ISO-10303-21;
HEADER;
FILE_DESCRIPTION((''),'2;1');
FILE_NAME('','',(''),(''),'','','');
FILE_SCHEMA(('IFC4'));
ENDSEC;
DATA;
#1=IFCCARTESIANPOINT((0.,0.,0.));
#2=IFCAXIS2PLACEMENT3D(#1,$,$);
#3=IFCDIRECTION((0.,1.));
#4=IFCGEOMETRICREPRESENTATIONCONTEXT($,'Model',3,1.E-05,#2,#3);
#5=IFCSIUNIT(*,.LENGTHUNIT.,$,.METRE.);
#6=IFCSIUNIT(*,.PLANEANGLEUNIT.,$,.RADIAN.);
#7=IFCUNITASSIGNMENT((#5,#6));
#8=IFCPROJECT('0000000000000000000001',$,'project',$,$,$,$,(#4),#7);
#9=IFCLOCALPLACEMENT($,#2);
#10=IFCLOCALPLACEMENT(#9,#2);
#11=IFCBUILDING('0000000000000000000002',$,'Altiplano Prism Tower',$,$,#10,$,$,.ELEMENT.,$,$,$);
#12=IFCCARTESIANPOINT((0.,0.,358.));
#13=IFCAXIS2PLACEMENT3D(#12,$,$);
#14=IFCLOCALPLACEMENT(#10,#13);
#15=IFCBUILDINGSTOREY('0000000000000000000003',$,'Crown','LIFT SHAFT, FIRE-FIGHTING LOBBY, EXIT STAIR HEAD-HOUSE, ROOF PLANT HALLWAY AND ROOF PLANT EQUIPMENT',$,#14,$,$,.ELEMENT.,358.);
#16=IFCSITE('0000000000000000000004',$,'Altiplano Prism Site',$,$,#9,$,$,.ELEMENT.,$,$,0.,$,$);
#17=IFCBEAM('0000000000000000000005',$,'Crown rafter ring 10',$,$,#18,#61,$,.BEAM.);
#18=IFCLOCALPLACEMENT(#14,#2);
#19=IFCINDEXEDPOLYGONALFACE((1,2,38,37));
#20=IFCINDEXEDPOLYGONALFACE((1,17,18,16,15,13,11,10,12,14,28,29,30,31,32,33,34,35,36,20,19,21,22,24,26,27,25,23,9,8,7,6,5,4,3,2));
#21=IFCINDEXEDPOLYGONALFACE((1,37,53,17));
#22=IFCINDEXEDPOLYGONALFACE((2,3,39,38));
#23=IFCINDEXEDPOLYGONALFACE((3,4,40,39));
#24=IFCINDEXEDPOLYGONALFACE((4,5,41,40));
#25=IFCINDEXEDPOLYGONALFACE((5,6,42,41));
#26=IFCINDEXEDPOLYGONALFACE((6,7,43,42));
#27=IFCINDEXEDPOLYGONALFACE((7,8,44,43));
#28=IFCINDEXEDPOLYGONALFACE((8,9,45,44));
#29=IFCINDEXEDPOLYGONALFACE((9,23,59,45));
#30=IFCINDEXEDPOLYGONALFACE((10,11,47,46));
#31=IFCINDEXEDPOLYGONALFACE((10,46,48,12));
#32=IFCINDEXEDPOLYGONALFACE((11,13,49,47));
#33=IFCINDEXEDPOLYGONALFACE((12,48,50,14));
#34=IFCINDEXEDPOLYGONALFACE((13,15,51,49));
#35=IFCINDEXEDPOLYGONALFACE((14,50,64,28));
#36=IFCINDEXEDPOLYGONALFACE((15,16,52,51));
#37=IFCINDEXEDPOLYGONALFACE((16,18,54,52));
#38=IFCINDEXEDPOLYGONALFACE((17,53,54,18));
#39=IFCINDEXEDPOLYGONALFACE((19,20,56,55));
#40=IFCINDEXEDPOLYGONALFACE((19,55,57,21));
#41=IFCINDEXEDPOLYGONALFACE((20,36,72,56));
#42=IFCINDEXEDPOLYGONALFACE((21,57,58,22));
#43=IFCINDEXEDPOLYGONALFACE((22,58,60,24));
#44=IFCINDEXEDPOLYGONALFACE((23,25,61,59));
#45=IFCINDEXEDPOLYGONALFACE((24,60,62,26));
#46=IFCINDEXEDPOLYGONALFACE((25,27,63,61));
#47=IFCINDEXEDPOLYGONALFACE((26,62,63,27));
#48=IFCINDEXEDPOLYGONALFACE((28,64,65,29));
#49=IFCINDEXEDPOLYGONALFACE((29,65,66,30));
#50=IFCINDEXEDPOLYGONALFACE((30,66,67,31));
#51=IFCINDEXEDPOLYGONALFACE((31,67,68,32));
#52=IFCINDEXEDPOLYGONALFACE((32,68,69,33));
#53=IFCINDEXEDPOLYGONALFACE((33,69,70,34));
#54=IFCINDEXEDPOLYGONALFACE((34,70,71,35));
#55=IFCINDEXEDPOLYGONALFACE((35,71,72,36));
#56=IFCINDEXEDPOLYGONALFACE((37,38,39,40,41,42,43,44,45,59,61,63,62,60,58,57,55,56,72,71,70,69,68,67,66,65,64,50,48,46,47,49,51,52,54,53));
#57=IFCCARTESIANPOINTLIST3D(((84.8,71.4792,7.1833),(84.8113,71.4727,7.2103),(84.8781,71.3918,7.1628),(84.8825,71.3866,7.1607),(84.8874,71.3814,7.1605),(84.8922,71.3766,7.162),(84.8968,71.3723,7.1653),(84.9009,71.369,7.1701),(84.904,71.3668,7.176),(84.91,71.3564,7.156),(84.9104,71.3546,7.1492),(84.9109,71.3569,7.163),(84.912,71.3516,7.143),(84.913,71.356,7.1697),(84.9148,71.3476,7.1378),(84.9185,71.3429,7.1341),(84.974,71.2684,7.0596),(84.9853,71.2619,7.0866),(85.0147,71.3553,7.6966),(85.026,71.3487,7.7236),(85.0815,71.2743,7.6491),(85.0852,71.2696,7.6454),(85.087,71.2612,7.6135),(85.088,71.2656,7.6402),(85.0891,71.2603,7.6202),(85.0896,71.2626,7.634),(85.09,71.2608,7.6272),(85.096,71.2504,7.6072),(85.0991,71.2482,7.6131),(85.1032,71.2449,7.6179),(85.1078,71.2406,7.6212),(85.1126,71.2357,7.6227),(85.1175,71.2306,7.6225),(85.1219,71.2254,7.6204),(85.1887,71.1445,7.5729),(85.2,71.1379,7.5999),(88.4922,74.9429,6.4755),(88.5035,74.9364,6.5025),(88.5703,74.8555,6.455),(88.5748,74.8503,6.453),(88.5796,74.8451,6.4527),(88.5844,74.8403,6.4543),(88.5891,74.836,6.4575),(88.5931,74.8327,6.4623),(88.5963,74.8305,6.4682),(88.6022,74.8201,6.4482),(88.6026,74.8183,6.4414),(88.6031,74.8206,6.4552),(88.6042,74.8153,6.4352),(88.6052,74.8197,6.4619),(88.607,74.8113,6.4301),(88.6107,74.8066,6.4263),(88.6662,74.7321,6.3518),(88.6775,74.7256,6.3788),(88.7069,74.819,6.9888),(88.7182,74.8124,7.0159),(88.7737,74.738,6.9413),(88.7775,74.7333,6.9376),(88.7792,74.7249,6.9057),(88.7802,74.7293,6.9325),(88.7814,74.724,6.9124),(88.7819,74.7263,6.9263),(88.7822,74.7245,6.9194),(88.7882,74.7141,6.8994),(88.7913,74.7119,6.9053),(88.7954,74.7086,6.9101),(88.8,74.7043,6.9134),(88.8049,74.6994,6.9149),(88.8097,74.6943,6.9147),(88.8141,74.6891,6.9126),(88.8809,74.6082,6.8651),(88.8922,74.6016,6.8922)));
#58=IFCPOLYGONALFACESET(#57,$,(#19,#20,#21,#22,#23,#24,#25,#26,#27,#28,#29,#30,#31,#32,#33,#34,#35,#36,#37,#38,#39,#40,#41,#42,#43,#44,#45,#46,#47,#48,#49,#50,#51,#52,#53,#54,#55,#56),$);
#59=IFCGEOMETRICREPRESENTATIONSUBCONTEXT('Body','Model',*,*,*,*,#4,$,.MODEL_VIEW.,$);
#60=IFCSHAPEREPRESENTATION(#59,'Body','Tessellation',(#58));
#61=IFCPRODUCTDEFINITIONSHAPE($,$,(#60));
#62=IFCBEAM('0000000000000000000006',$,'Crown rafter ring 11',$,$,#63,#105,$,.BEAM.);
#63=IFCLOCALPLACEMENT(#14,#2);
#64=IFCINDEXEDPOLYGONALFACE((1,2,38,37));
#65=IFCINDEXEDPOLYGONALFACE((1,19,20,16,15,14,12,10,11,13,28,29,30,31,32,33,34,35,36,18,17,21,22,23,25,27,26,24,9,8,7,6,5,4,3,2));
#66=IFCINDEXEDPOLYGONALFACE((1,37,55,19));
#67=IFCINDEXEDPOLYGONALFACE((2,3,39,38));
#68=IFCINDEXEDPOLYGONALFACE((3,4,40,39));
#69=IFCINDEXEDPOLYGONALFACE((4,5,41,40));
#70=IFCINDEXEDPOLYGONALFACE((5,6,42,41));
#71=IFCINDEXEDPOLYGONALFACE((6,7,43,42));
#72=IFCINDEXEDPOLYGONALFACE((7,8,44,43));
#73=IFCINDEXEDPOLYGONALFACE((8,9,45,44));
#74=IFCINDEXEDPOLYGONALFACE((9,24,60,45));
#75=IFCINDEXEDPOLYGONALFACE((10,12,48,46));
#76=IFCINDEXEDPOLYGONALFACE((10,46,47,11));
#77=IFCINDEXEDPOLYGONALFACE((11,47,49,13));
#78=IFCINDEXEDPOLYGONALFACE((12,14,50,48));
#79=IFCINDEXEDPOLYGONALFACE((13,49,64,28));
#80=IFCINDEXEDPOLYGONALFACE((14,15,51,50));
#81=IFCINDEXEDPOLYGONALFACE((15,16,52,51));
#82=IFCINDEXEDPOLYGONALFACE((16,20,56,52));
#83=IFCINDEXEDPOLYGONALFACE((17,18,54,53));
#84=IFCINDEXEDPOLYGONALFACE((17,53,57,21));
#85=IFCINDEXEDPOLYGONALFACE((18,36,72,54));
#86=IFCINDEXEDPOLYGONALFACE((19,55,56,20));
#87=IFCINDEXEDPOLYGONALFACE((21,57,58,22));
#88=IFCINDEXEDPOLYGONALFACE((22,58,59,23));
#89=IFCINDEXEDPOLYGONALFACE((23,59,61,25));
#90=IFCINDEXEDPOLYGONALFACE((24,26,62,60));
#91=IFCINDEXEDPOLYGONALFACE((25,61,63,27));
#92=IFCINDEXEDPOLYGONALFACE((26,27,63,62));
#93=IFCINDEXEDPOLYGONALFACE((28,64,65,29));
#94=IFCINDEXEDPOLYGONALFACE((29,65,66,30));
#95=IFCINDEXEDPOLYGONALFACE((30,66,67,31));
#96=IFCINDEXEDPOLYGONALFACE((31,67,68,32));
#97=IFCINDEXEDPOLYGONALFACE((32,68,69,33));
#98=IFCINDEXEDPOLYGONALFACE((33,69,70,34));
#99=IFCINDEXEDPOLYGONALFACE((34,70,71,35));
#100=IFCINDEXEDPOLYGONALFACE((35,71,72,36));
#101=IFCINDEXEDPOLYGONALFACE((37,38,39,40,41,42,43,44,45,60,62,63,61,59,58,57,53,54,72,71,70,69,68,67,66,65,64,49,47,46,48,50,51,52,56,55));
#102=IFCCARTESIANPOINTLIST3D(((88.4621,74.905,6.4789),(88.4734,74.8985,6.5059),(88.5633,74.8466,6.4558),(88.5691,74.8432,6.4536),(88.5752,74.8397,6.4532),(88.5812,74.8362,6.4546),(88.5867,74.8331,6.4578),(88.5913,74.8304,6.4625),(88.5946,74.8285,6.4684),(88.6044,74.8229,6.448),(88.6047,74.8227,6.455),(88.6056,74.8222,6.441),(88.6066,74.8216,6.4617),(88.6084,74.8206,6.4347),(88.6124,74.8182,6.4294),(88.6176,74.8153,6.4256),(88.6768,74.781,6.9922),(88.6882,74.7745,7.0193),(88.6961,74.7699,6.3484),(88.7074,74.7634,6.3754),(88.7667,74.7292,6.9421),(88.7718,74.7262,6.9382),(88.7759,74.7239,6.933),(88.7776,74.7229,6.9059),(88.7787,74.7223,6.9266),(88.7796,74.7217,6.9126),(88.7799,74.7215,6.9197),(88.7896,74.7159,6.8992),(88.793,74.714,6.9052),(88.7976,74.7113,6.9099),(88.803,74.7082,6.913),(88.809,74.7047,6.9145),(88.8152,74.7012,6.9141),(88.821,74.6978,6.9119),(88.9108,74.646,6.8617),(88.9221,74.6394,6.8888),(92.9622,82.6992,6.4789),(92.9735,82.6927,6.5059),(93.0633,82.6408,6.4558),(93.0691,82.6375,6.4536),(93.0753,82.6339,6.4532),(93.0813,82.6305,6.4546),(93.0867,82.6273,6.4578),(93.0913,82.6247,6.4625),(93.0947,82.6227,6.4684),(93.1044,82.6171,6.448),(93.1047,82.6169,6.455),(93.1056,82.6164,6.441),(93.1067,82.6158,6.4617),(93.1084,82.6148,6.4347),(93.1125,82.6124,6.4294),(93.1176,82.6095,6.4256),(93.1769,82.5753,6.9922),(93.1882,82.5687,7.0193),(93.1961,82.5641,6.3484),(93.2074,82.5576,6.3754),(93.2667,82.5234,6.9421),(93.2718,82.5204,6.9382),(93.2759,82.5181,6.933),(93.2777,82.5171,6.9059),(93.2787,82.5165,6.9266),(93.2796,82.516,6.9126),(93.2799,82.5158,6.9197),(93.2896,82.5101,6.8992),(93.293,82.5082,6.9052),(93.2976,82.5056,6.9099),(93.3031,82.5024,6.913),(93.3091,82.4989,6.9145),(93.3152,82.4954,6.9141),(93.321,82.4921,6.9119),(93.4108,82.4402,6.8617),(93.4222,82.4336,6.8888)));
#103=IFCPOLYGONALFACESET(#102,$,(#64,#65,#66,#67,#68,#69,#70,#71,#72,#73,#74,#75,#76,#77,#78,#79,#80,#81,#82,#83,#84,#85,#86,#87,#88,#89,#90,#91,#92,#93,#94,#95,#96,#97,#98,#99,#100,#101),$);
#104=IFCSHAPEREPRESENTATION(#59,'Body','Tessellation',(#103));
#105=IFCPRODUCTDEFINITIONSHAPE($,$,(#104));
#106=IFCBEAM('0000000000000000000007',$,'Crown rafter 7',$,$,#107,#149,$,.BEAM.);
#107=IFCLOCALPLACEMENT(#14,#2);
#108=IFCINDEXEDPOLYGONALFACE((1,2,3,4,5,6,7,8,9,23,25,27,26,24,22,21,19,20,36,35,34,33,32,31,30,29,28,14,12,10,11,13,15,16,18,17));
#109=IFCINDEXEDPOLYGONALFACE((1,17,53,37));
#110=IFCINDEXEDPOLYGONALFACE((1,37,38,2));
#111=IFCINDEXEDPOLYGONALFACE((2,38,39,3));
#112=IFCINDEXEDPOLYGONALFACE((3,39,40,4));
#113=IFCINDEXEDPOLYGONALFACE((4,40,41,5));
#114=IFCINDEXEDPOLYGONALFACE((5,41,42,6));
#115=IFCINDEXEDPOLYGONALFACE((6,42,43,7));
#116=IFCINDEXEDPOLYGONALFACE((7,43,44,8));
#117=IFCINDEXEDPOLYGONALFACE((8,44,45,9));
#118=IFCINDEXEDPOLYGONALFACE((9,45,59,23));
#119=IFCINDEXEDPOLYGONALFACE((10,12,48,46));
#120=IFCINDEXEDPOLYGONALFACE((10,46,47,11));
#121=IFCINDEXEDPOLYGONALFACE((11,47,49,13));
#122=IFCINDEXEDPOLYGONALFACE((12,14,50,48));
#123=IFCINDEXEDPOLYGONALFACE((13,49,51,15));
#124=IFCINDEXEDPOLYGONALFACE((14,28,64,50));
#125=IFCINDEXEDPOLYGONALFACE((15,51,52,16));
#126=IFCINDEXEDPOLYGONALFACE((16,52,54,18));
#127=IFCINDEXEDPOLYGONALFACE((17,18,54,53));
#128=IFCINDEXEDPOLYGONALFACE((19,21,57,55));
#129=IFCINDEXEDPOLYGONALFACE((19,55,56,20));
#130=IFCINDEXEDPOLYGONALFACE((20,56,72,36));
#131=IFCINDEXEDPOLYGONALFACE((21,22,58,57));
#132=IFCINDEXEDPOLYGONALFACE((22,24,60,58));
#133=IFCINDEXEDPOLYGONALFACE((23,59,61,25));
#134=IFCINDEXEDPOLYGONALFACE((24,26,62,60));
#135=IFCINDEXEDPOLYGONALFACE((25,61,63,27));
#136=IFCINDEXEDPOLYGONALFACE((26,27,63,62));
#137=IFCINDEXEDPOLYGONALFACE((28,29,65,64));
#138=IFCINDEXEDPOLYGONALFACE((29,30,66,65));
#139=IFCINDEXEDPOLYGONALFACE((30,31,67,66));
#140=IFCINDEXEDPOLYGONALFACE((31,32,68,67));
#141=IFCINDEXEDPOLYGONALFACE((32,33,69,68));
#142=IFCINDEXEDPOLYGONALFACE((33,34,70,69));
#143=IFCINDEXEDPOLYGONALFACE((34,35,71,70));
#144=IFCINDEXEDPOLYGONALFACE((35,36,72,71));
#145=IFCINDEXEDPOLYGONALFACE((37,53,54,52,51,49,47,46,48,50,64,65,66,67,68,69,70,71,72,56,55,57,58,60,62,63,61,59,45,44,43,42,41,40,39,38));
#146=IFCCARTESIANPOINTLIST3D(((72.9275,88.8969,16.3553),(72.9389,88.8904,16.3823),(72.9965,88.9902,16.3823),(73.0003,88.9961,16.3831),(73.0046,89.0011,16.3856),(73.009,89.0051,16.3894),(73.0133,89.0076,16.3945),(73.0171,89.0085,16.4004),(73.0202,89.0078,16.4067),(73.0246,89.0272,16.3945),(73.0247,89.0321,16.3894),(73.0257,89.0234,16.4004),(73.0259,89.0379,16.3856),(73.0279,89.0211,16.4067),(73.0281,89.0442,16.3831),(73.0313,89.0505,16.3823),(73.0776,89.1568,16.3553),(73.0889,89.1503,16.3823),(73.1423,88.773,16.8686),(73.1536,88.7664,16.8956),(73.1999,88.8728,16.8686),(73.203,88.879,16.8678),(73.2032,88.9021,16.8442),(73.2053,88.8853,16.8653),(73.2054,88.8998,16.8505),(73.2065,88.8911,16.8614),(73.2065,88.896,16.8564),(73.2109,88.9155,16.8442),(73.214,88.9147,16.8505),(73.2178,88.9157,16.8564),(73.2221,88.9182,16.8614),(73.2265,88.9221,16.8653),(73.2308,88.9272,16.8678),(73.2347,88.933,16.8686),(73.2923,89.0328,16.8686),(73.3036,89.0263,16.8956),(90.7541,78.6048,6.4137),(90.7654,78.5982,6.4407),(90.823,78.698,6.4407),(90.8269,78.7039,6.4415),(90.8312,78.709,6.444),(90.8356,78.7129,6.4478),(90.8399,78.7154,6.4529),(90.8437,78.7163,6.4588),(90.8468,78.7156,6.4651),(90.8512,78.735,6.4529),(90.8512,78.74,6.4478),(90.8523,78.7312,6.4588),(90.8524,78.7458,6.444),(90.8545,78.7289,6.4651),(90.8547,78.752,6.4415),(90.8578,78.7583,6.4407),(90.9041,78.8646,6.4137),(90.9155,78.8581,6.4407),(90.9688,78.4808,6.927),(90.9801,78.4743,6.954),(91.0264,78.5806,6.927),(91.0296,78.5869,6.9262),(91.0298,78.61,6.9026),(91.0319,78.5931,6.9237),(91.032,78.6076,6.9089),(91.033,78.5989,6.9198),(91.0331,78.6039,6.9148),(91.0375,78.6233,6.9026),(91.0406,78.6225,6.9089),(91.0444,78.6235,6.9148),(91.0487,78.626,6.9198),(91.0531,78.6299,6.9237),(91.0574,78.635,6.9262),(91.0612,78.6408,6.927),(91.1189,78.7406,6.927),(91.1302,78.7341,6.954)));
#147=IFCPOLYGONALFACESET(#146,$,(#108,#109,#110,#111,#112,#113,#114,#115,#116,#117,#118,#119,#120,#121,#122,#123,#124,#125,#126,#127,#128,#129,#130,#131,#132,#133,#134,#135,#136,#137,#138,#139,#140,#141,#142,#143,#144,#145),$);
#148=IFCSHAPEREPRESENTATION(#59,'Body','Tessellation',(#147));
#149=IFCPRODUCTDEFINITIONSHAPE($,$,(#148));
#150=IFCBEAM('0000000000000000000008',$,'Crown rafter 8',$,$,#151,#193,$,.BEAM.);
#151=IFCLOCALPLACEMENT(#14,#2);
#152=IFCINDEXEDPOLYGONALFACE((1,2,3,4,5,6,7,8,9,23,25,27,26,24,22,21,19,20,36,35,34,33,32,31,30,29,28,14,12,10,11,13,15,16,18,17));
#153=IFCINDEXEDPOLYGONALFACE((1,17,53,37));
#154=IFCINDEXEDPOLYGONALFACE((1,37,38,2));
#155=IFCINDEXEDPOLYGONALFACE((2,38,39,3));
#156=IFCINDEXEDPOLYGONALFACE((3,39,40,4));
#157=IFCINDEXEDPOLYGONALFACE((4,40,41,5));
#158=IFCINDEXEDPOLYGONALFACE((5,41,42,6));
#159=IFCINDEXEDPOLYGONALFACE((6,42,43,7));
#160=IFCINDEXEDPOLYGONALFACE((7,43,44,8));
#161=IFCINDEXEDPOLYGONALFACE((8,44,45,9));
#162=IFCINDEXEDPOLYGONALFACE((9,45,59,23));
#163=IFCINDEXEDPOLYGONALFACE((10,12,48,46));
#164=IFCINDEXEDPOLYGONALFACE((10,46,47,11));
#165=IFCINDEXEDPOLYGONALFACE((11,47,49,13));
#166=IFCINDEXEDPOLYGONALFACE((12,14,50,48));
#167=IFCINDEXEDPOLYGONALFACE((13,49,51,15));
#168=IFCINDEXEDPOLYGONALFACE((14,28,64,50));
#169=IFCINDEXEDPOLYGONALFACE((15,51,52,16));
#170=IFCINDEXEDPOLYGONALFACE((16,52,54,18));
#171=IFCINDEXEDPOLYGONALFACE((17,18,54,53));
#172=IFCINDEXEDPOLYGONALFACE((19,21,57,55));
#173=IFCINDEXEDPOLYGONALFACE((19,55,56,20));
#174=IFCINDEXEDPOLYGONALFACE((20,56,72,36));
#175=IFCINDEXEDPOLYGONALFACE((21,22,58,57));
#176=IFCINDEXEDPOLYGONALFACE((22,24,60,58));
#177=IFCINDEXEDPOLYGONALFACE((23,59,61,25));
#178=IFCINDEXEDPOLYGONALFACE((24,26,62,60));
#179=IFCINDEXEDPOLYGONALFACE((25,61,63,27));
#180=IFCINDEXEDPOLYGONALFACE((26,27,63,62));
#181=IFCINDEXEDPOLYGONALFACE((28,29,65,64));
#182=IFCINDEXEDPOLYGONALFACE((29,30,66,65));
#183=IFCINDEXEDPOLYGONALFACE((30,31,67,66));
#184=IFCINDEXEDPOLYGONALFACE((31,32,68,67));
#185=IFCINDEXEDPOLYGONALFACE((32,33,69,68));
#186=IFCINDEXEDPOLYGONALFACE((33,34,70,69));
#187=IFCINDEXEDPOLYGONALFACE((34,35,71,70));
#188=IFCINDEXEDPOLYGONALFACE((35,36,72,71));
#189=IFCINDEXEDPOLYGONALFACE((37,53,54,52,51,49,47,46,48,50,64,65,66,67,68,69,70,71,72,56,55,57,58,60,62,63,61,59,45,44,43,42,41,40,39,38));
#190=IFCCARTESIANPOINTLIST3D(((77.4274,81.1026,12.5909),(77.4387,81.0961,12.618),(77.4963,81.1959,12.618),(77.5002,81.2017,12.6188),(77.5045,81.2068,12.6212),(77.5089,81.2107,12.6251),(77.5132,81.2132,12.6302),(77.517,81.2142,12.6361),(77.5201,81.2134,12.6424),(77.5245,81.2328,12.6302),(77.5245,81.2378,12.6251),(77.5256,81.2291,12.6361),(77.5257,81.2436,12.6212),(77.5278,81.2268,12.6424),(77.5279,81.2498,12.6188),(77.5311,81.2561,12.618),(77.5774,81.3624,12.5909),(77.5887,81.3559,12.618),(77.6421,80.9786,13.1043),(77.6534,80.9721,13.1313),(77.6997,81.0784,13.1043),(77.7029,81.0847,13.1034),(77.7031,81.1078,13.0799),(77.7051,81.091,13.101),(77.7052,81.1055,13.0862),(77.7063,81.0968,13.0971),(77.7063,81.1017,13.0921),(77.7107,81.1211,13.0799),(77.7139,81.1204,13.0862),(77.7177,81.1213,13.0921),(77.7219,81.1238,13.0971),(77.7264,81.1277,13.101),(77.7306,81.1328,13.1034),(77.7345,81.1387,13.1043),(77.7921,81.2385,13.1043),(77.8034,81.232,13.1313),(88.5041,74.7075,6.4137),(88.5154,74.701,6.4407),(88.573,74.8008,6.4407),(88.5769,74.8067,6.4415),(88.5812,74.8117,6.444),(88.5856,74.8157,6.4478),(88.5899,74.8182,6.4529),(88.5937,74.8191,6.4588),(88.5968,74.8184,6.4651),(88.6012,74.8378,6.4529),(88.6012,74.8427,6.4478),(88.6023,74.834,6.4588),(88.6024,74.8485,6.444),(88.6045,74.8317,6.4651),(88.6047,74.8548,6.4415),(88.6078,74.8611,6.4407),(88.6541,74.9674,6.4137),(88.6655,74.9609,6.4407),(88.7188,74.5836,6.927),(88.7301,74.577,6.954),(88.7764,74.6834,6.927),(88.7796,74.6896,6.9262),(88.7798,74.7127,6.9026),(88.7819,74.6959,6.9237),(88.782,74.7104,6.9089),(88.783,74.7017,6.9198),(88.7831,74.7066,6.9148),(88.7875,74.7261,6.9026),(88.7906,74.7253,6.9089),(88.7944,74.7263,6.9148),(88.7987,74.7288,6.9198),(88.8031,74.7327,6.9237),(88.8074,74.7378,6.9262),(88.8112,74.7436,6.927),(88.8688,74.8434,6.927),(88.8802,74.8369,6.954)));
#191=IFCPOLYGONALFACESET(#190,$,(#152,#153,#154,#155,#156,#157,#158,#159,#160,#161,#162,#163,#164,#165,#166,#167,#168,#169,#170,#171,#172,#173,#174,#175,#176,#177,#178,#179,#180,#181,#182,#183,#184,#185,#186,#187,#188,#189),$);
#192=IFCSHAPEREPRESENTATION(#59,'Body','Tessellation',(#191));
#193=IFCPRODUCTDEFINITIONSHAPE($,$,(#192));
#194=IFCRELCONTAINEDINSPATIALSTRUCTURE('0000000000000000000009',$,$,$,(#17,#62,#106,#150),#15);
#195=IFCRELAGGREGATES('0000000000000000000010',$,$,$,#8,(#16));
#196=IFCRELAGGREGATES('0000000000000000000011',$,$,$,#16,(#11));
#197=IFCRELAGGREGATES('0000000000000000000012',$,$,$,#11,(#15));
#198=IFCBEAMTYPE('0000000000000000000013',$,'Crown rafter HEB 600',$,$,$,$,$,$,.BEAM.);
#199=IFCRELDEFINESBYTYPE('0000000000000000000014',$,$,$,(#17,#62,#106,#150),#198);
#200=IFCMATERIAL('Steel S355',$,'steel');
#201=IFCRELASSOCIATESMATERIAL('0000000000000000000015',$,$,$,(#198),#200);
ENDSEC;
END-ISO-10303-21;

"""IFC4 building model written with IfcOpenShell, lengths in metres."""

from ifc_helpers import new_model, si_unit, direction, frame, origin, origin_2d, place, context, subcontext, project, spatial, i_section, extrude, material, material_profile, profile_set, type_object, element, save


model = new_model("IFC4")

# Units and contexts
model_context = context("Model", 3, precision=1e-05, world=origin(), true_north=direction((0.0, 1.0)))
body_context = subcontext(model_context, "Body", "Model", "MODEL_VIEW")
ifc_project = project(units=[si_unit("LENGTHUNIT", "METRE"), si_unit("PLANEANGLEUNIT", "RADIAN")], contexts=[model_context])

# Site, building, storey
site_placement = place(None, origin())
site = spatial("IfcSite", under=ifc_project, at=site_placement, Name="Altiplano Prism Site", CompositionType="ELEMENT", RefElevation=0.0)
building_placement = place(site_placement, origin())
building = spatial("IfcBuilding", under=site, at=building_placement, Name="Altiplano Prism Tower", CompositionType="ELEMENT")
storey_placement = place(building_placement, frame((0.0, 0.0, 358.0)))
storey = spatial("IfcBuildingStorey", under=building, at=storey_placement, Name="Crown", Description="LIFT SHAFT, FIRE-FIGHTING LOBBY, EXIT STAIR HEAD-HOUSE, ROOF PLANT HALLWAY AND ROOF PLANT EQUIPMENT", CompositionType="ELEMENT", Elevation=358.0)

# Shared definitions
ifc_material_1 = material(Name="Steel S355", Category="steel")

# Beams
ifc_material_profile_1 = material_profile(ifc_material_1, i_section(OverallWidth=0.3, OverallDepth=0.6001, WebThickness=0.0154, FlangeThickness=0.03, FilletRadius=0.0271, at=origin_2d()), Name="Crown rafter HEB 600")
ifc_profile_set_1 = profile_set([ifc_material_profile_1], Name="Steel S355")
beam_type = type_object("IfcBeamType", Name="Crown rafter HEB 600", PredefinedType="BEAM", material=ifc_profile_set_1)
beam_1_placement = place(storey_placement, frame((85.0, 71.3086, 7.3916), z_axis=(0.722291, 0.677587, -0.138459), x_axis=(-0.580042, 0.702555, 0.412271)))
element("IfcBeam", 1, at=beam_1_placement, inside=storey, type_object=beam_type, Name="Crown rafter ring 10", PredefinedType="BEAM", context=body_context, shape_type="SweptSolid", body=[
    extrude(i_section(OverallWidth=0.3, OverallDepth=0.6001, WebThickness=0.0154, FlangeThickness=0.03, FilletRadius=0.0271, at=origin_2d()), origin(), (0.0, 0.0, 1.0), 5.1118),
])
beam_2_placement = place(storey_placement, frame((88.6921, 74.7722, 6.6838), z_axis=(0.500002, 0.866024, 0.0), x_axis=(-0.779834, 0.450239, 0.434907)))
element("IfcBeam", 2, at=beam_2_placement, inside=storey, type_object=beam_type, Name="Crown rafter ring 11", PredefinedType="BEAM", context=body_context, shape_type="SweptSolid", body=[
    extrude(i_section(OverallWidth=0.3, OverallDepth=0.6001, WebThickness=0.0154, FlangeThickness=0.03, FilletRadius=0.0271, at=origin_2d()), origin(), (0.0, 0.0, 1.0), 9.0),
])
beam_3_placement = place(storey_placement, frame((90.9421, 78.6694, 6.6838), z_axis=(-0.779836, 0.450239, 0.434903), x_axis=(-0.5, -0.866025, 0.0)))
element("IfcBeam", 3, at=beam_3_placement, inside=storey, type_object=beam_type, Name="Crown rafter 7", PredefinedType="BEAM", context=body_context, shape_type="SweptSolid", body=[
    extrude(i_section(OverallWidth=0.3, OverallDepth=0.6001, WebThickness=0.0154, FlangeThickness=0.03, FilletRadius=0.0271, at=origin_2d()), origin(), (0.0, 0.0, 1.0), 22.8594),
])
beam_4_placement = place(storey_placement, frame((88.6921, 74.7722, 6.6838), z_axis=(-0.77984, 0.450234, 0.434902), x_axis=(-0.499995, -0.866029, 0.0)))
element("IfcBeam", 4, at=beam_4_placement, inside=storey, type_object=beam_type, Name="Crown rafter 8", PredefinedType="BEAM", context=body_context, shape_type="SweptSolid", body=[
    extrude(i_section(OverallWidth=0.3, OverallDepth=0.6001, WebThickness=0.0154, FlangeThickness=0.03, FilletRadius=0.0271, at=origin_2d()), origin(), (0.0, 0.0, 1.0), 14.2039),
])

save(model, "model.ifc")
